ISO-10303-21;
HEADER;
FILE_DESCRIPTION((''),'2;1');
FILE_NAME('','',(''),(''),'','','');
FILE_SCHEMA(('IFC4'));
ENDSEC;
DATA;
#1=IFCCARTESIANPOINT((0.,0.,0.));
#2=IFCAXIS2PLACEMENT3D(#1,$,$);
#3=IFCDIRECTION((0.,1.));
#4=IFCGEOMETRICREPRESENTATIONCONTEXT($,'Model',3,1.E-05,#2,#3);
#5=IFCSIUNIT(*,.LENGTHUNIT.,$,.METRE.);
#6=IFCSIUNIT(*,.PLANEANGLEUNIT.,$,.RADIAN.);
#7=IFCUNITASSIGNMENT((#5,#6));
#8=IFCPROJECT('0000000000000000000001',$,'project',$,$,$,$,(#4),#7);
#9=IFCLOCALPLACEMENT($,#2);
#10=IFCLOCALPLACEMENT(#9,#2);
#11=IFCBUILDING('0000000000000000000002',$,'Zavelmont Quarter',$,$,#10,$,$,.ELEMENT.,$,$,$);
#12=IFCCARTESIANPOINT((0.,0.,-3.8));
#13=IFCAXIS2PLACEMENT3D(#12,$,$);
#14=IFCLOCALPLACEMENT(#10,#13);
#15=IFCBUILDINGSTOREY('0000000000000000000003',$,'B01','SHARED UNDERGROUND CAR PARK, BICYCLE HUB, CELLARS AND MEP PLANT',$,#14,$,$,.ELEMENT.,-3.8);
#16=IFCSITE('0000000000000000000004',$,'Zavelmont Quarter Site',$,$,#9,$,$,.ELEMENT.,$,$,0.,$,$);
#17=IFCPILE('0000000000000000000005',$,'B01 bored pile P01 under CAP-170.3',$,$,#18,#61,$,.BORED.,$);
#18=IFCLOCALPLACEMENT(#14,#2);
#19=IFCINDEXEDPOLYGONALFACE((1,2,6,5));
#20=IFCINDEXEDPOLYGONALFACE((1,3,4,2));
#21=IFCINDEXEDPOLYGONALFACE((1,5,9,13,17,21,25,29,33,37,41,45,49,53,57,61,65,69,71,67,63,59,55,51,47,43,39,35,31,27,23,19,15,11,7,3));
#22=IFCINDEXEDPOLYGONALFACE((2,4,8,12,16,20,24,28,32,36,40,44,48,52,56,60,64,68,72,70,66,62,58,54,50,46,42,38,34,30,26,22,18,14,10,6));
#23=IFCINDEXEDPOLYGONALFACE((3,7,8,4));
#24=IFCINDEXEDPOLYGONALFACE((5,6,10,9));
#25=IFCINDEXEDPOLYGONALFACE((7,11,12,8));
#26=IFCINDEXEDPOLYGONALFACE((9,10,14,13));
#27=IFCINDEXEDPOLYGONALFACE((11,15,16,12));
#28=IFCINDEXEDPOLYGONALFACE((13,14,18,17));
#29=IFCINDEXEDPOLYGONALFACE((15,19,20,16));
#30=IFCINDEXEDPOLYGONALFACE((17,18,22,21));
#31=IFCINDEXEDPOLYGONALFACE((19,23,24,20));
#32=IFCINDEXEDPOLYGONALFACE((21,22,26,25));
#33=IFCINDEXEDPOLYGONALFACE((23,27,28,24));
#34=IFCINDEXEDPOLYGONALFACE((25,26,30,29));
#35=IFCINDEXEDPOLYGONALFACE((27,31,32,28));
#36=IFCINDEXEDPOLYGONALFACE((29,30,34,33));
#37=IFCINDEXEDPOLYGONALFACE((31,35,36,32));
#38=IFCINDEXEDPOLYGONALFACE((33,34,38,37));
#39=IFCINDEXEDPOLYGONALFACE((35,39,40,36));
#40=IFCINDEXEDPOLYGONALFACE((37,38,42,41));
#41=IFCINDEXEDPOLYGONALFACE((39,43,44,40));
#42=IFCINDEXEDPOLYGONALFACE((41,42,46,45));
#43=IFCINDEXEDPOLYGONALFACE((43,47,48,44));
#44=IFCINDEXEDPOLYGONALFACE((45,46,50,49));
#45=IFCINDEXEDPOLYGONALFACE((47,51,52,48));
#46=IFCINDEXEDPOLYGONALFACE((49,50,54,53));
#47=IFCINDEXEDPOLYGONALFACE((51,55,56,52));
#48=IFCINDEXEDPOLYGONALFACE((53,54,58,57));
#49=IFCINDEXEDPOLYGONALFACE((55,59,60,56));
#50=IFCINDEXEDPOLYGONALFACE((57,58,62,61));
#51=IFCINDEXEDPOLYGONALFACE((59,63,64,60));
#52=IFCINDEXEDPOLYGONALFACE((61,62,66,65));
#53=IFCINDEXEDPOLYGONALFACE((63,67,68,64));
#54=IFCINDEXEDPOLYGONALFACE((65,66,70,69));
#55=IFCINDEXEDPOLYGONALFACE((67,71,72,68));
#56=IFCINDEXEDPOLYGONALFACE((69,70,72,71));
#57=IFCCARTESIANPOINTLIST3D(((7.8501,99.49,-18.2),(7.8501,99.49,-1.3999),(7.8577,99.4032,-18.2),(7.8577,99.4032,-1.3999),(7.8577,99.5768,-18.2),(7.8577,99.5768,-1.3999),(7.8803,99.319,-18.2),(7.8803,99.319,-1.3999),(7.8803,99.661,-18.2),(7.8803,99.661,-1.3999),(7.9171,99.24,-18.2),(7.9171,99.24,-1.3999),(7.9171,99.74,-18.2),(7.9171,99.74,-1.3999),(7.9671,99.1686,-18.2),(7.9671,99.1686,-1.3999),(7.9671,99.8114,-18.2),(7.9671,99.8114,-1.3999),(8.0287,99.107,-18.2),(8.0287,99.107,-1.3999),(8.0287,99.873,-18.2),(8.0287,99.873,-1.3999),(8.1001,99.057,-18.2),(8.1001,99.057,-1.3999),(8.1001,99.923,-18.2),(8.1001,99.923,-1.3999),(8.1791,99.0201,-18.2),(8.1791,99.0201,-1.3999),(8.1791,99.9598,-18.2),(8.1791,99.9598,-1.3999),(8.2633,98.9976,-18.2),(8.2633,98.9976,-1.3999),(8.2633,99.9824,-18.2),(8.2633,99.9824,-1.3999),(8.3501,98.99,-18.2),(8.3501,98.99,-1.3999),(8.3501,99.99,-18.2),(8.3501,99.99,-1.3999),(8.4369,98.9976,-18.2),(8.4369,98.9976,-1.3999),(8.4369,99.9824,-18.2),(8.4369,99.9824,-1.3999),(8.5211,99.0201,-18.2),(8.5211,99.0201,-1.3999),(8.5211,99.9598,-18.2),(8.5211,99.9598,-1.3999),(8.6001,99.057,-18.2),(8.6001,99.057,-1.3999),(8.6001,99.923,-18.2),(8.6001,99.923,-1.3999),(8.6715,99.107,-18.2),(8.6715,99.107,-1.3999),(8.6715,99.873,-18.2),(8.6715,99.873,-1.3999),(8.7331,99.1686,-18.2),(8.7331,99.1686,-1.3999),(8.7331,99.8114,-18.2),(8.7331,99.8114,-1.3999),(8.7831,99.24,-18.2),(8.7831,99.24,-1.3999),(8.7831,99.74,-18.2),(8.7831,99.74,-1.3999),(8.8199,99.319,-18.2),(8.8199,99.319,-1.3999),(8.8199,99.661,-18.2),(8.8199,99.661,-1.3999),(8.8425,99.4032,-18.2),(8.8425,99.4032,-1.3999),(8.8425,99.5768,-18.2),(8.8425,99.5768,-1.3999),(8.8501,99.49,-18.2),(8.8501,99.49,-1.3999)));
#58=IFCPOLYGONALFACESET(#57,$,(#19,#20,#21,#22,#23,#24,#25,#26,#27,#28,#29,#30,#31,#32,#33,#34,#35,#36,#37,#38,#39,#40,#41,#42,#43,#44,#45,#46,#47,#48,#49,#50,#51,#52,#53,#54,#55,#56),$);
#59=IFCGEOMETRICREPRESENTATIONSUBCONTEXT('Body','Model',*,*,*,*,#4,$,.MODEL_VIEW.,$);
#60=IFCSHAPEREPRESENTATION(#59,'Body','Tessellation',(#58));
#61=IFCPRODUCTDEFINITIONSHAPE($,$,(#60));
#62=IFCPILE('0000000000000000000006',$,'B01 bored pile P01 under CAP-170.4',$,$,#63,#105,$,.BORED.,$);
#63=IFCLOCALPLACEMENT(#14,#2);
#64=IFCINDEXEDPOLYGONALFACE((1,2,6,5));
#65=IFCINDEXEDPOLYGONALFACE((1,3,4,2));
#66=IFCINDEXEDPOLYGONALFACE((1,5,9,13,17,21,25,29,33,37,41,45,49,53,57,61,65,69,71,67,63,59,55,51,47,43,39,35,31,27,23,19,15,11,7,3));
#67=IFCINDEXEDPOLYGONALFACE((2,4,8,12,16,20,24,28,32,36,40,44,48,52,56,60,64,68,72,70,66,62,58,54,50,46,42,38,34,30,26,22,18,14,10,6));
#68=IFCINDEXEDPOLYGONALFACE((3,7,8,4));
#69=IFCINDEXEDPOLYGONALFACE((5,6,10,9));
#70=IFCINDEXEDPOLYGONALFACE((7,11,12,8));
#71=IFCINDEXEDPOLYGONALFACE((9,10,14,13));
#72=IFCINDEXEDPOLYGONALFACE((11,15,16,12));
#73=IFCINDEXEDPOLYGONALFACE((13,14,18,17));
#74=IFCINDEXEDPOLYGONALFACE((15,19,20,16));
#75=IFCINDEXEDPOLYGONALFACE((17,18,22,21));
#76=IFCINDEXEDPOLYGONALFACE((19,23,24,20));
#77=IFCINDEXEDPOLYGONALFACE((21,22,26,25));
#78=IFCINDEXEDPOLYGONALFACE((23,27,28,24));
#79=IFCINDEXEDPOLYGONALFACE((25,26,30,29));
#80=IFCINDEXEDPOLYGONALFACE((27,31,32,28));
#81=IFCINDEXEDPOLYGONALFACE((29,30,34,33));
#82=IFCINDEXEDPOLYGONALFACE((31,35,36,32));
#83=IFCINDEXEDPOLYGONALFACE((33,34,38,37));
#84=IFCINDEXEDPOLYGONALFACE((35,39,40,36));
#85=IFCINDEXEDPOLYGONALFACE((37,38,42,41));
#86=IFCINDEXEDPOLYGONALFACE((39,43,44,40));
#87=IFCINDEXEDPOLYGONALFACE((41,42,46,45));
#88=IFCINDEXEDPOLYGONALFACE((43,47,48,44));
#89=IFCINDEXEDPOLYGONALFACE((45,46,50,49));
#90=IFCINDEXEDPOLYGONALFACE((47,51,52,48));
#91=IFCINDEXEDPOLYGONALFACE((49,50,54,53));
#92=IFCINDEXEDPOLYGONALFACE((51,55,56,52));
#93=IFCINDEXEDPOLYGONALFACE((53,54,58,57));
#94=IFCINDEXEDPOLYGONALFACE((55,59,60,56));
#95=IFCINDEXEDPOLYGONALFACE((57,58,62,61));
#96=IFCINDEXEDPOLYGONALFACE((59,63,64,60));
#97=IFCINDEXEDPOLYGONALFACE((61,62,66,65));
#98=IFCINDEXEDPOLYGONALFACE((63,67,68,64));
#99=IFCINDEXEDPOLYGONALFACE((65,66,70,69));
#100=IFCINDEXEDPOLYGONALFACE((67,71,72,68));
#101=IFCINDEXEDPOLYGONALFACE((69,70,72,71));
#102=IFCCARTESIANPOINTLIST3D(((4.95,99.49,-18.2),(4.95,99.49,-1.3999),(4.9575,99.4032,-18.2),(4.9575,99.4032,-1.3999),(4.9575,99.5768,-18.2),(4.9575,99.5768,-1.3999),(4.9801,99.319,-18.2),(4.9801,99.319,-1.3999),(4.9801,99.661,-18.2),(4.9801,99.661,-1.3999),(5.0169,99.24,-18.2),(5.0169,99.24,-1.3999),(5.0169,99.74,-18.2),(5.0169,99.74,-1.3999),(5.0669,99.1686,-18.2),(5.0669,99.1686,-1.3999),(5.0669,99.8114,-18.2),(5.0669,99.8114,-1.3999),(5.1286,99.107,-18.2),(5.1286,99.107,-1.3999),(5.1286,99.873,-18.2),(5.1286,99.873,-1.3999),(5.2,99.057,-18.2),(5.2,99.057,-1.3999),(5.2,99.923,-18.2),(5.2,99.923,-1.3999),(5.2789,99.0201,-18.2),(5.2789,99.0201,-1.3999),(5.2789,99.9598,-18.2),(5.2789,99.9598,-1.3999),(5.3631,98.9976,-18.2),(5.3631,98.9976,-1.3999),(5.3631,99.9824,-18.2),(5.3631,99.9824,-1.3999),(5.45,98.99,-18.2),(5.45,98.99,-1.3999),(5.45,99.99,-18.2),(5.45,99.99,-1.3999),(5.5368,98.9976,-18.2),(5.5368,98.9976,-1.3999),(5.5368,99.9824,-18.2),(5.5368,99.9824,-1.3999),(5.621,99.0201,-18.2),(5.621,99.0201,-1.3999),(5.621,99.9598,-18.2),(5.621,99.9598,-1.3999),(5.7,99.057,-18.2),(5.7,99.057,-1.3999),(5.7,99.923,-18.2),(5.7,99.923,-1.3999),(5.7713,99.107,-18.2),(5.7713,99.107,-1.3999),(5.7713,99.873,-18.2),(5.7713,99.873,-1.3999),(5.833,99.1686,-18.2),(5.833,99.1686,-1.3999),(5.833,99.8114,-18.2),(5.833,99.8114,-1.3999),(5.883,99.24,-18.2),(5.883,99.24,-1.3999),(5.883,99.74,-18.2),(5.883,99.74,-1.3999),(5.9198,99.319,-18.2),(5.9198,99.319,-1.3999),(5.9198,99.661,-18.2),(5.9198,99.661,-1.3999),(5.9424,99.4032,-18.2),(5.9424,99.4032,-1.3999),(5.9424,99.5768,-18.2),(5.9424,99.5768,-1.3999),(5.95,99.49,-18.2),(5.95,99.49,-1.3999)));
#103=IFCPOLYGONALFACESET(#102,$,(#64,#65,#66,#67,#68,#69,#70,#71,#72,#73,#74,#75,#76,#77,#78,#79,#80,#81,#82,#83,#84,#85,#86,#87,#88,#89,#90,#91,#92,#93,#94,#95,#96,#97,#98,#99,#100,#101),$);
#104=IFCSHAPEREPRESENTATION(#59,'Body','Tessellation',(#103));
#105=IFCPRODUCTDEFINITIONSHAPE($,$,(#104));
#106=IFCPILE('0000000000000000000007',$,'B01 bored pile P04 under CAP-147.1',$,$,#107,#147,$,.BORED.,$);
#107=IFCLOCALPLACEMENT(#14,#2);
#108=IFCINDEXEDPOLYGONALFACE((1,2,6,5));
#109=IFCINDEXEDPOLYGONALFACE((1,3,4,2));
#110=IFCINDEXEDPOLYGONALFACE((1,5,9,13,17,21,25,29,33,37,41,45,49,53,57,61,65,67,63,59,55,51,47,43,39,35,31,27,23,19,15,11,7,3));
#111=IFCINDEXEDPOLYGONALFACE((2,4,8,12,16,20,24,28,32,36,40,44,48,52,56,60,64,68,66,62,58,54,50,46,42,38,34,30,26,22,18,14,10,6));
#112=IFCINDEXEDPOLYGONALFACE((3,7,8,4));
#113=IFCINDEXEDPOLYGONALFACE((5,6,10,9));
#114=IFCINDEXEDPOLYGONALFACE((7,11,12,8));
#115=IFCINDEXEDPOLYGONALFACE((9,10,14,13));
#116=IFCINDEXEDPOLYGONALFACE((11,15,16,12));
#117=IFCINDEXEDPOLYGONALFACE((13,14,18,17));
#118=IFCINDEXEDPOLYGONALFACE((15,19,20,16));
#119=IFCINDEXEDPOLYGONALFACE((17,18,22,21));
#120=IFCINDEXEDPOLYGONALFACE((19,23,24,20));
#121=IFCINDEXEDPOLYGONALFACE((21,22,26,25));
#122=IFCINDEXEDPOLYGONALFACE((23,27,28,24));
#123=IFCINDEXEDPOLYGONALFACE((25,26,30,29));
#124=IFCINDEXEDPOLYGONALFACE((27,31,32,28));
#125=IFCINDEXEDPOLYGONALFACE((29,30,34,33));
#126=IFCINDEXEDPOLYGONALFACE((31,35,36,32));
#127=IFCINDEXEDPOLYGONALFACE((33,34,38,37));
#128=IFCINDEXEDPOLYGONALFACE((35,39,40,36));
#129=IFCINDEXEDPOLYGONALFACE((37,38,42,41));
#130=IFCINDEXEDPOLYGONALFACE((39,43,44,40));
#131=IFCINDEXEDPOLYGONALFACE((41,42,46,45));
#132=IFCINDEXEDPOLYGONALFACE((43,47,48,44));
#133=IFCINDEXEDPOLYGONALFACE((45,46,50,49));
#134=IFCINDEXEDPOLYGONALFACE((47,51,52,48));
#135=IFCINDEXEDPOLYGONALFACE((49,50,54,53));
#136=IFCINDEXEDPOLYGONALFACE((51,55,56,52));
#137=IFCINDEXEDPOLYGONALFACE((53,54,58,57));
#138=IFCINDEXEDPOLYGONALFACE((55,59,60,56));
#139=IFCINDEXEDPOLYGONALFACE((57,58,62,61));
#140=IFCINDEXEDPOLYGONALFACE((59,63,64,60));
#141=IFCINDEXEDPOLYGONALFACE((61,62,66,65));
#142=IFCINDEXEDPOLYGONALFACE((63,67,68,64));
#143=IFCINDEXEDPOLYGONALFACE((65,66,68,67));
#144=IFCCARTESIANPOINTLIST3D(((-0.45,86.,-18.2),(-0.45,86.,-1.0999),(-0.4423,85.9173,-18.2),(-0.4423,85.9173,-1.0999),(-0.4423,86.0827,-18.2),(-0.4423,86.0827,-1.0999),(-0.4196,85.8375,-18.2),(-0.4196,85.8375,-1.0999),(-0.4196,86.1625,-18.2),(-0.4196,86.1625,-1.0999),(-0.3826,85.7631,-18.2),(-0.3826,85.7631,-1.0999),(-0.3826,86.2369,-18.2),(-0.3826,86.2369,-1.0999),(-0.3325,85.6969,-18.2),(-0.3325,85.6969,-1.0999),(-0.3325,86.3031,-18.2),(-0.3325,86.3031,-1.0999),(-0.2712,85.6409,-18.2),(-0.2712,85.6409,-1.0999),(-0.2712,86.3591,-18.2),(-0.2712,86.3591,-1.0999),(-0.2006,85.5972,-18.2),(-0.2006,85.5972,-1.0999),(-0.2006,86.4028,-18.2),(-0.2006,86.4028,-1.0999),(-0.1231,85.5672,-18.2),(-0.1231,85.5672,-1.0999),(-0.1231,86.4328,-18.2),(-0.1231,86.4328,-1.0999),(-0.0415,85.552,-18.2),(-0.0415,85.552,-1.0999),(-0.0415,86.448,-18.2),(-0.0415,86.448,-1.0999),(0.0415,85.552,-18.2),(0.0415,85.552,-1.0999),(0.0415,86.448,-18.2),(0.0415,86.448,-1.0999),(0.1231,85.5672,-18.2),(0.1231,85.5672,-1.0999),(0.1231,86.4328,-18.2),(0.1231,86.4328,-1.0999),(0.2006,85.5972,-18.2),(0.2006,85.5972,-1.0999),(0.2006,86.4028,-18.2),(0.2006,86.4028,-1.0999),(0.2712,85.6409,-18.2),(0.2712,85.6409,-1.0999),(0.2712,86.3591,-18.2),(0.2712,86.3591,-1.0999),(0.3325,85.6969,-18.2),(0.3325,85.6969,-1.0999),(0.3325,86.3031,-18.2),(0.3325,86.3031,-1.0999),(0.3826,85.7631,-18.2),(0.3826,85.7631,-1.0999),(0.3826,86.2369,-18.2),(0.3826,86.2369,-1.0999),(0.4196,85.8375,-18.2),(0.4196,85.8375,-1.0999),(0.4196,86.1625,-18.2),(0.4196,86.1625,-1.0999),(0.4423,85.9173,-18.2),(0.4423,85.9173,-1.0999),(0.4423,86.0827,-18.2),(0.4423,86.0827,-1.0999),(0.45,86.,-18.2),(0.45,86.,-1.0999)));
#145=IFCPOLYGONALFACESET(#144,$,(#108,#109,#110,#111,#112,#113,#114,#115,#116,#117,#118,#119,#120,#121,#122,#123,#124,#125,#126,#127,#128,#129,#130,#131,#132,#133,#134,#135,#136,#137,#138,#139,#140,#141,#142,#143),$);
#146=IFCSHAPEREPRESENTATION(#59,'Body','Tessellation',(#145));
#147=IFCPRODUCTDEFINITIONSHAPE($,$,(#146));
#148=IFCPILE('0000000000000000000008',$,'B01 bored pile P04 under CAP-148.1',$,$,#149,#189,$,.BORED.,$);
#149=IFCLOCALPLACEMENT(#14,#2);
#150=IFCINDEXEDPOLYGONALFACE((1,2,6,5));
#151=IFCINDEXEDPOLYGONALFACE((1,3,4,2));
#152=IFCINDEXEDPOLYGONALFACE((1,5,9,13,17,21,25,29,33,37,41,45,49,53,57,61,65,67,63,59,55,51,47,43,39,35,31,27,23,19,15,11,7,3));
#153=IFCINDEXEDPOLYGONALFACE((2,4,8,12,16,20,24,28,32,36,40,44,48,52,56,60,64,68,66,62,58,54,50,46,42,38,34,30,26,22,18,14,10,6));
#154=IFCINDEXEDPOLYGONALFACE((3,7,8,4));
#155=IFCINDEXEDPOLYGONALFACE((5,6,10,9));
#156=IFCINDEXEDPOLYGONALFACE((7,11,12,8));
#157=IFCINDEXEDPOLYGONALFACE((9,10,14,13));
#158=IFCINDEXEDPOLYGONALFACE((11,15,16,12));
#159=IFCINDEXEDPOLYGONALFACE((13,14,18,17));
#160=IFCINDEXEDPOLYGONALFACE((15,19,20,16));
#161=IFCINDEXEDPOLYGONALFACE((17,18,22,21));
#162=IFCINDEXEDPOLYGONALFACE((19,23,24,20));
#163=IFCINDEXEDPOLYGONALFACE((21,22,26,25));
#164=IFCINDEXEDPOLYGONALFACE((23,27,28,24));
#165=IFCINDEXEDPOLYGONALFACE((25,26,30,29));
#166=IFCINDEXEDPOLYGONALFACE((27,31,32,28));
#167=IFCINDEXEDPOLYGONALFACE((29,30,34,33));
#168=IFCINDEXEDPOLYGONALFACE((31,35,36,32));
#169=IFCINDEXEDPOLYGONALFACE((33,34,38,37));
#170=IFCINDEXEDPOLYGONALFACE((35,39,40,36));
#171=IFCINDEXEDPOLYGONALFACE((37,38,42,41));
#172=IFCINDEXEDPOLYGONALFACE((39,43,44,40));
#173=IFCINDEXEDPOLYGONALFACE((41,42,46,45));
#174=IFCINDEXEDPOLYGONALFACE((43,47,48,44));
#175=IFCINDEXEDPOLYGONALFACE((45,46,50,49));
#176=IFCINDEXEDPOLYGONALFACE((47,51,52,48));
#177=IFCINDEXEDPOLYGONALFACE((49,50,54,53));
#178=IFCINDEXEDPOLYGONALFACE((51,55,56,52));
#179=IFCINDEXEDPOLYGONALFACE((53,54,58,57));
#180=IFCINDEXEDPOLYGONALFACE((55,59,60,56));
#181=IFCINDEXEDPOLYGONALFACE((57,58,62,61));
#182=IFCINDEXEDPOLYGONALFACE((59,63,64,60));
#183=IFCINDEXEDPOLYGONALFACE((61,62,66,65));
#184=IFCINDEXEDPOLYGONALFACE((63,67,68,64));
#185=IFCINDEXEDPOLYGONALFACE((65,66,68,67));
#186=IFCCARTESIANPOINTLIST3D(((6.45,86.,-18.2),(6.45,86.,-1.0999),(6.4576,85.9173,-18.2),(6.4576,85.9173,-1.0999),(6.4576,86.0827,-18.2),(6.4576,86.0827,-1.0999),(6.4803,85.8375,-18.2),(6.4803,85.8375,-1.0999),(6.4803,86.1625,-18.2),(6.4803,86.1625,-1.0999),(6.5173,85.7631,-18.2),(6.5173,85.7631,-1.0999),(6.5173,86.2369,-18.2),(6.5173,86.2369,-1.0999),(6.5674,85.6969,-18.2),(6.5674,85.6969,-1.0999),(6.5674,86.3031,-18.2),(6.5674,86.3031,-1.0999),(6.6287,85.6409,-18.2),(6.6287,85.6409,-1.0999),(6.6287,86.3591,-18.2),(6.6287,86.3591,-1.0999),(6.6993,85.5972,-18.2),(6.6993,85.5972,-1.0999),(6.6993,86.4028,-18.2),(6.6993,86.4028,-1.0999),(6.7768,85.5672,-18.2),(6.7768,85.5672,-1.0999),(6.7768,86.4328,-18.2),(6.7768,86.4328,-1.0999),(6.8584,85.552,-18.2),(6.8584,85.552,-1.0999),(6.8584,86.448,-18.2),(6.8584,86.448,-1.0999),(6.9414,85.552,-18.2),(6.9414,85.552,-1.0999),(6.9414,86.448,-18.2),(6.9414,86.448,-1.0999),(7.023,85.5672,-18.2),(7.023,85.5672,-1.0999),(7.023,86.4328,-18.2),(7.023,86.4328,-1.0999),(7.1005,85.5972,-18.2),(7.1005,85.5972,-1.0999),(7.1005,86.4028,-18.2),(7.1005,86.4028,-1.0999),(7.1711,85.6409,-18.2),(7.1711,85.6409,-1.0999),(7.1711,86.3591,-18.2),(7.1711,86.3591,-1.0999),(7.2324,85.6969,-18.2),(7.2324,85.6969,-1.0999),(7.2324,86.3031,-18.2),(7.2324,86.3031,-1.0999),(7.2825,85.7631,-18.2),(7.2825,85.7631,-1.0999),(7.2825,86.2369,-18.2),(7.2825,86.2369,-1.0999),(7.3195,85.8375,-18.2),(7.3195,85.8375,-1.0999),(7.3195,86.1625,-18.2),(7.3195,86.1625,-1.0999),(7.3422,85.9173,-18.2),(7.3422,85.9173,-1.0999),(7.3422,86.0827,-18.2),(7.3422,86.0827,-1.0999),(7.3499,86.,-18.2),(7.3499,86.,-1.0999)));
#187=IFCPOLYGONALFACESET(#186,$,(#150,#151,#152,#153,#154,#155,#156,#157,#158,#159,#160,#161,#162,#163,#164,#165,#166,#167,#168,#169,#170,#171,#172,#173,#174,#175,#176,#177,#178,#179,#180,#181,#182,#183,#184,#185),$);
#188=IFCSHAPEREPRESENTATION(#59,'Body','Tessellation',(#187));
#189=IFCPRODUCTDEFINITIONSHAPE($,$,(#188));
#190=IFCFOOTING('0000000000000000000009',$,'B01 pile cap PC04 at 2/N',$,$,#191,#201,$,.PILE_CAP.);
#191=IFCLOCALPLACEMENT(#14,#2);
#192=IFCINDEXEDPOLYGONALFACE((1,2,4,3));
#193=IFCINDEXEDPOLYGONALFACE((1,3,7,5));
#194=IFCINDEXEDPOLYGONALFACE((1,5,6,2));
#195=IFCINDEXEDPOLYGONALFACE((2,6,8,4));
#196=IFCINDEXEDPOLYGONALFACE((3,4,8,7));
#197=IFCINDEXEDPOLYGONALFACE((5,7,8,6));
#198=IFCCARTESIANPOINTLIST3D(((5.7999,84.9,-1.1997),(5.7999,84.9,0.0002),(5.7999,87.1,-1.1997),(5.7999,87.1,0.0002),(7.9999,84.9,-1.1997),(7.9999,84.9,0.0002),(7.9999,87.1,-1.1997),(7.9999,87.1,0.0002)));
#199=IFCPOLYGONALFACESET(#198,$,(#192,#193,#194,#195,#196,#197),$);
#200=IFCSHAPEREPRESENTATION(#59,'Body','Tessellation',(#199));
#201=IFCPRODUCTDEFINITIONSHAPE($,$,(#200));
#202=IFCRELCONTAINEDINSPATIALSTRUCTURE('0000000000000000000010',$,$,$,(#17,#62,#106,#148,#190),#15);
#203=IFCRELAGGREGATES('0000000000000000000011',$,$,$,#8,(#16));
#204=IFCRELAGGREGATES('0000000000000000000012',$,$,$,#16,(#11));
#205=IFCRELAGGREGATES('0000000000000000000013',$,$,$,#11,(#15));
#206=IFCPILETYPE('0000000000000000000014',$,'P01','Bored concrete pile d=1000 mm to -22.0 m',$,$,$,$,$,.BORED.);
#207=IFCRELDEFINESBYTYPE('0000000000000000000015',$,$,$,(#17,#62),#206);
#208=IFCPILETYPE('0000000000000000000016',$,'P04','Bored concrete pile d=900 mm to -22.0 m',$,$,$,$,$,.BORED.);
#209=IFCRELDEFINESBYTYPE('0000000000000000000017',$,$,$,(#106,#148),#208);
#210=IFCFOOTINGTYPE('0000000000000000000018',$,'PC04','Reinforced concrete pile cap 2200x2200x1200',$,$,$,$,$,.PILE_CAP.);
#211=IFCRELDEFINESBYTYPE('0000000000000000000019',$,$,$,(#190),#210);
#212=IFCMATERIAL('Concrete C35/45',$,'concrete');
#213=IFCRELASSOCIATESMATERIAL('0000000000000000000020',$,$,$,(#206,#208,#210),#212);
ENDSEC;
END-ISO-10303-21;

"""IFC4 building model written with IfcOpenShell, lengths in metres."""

from ifc_helpers import new_model, si_unit, direction, frame, origin, origin_2d, place, context, subcontext, project, spatial, rectangle, circle, extrude, material, material_profile, profile_set, type_object, element, save


model = new_model("IFC4")

# Units and contexts
model_context = context("Model", 3, precision=1e-05, world=origin(), true_north=direction((0.0, 1.0)))
body_context = subcontext(model_context, "Body", "Model", "MODEL_VIEW")
ifc_project = project(units=[si_unit("LENGTHUNIT", "METRE"), si_unit("PLANEANGLEUNIT", "RADIAN")], contexts=[model_context])

# Site, building, storey
site_placement = place(None, origin())
site = spatial("IfcSite", under=ifc_project, at=site_placement, Name="Zavelmont Quarter Site", CompositionType="ELEMENT", RefElevation=0.0)
building_placement = place(site_placement, origin())
building = spatial("IfcBuilding", under=site, at=building_placement, Name="Zavelmont Quarter", CompositionType="ELEMENT")
storey_placement = place(building_placement, frame((0.0, 0.0, -3.8)))
storey = spatial("IfcBuildingStorey", under=building, at=storey_placement, Name="B01", Description="SHARED UNDERGROUND CAR PARK, BICYCLE HUB, CELLARS AND MEP PLANT", CompositionType="ELEMENT", Elevation=-3.8)

# Shared definitions
ifc_material_1 = material(Name="Concrete C35/45", Category="concrete")

# Piles
ifc_material_profile_1 = material_profile(ifc_material_1, circle(Radius=0.5, at=origin_2d()), Name="BP1000")
ifc_profile_set_1 = profile_set([ifc_material_profile_1], Name="Concrete C35/45")
pile_type_1 = type_object("IfcPileType", Name="P01", Description="Bored concrete pile d=1000 mm to -22.0 m", PredefinedType="BORED", material=ifc_profile_set_1)
for number, where, z_axis, x_axis, name in (
    (1, (8.3501, 99.49, -1.3999), (0.0, 0.0, -1.0), (1.0, 0.0, 0.0), "B01 bored pile P01 under CAP-170.3"),
    (2, (5.45, 99.49, -1.3999), (0.0, 0.0, -1.0), (1.0, 0.0, 0.0), "B01 bored pile P01 under CAP-170.4"),
):
    element("IfcPile", number, at=place(storey_placement, frame(where, z_axis=z_axis, x_axis=x_axis)), inside=storey, type_object=pile_type_1, Name=name, PredefinedType="BORED", context=body_context, shape_type="SweptSolid", body=[
        extrude(circle(Radius=0.5, at=origin_2d()), origin(), (0.0, 0.0, 1.0), 16.8),
    ])
ifc_material_profile_2 = material_profile(ifc_material_1, circle(Radius=0.45, at=origin_2d()), Name="BP900")
ifc_profile_set_2 = profile_set([ifc_material_profile_2], Name="Concrete C35/45")
pile_type_2 = type_object("IfcPileType", Name="P04", Description="Bored concrete pile d=900 mm to -22.0 m", PredefinedType="BORED", material=ifc_profile_set_2)
for number, where, z_axis, x_axis, name in (
    (3, (0.0, 86.0, -1.0999), (0.0, 0.0, -1.0), (1.0, 0.0, 0.0), "B01 bored pile P04 under CAP-147.1"),
    (4, (6.8999, 86.0, -1.0999), (0.0, 0.0, -1.0), (1.0, 0.0, 0.0), "B01 bored pile P04 under CAP-148.1"),
):
    element("IfcPile", number, at=place(storey_placement, frame(where, z_axis=z_axis, x_axis=x_axis)), inside=storey, type_object=pile_type_2, Name=name, PredefinedType="BORED", context=body_context, shape_type="SweptSolid", body=[
        extrude(circle(Radius=0.45, at=origin_2d()), origin(), (0.0, 0.0, 1.0), 17.1001),
    ])

# Footing
footing_type_1 = type_object("IfcFootingType", Name="PC04", Description="Reinforced concrete pile cap 2200x2200x1200", PredefinedType="PILE_CAP", material=ifc_material_1)
footing_1_placement = place(storey_placement, frame((6.8999, 86.0, -1.1997), z_axis=(0.0, 0.0, 1.0), x_axis=(1.0, 0.0, 0.0)))
element("IfcFooting", 5, at=footing_1_placement, inside=storey, type_object=footing_type_1, Name="B01 pile cap PC04 at 2/N", PredefinedType="PILE_CAP", context=body_context, shape_type="SweptSolid", body=[
    extrude(rectangle(XDim=2.2, YDim=2.2, at=origin_2d()), origin(), (0.0, 0.0, 1.0), 1.2),
])

save(model, "model.ifc")
